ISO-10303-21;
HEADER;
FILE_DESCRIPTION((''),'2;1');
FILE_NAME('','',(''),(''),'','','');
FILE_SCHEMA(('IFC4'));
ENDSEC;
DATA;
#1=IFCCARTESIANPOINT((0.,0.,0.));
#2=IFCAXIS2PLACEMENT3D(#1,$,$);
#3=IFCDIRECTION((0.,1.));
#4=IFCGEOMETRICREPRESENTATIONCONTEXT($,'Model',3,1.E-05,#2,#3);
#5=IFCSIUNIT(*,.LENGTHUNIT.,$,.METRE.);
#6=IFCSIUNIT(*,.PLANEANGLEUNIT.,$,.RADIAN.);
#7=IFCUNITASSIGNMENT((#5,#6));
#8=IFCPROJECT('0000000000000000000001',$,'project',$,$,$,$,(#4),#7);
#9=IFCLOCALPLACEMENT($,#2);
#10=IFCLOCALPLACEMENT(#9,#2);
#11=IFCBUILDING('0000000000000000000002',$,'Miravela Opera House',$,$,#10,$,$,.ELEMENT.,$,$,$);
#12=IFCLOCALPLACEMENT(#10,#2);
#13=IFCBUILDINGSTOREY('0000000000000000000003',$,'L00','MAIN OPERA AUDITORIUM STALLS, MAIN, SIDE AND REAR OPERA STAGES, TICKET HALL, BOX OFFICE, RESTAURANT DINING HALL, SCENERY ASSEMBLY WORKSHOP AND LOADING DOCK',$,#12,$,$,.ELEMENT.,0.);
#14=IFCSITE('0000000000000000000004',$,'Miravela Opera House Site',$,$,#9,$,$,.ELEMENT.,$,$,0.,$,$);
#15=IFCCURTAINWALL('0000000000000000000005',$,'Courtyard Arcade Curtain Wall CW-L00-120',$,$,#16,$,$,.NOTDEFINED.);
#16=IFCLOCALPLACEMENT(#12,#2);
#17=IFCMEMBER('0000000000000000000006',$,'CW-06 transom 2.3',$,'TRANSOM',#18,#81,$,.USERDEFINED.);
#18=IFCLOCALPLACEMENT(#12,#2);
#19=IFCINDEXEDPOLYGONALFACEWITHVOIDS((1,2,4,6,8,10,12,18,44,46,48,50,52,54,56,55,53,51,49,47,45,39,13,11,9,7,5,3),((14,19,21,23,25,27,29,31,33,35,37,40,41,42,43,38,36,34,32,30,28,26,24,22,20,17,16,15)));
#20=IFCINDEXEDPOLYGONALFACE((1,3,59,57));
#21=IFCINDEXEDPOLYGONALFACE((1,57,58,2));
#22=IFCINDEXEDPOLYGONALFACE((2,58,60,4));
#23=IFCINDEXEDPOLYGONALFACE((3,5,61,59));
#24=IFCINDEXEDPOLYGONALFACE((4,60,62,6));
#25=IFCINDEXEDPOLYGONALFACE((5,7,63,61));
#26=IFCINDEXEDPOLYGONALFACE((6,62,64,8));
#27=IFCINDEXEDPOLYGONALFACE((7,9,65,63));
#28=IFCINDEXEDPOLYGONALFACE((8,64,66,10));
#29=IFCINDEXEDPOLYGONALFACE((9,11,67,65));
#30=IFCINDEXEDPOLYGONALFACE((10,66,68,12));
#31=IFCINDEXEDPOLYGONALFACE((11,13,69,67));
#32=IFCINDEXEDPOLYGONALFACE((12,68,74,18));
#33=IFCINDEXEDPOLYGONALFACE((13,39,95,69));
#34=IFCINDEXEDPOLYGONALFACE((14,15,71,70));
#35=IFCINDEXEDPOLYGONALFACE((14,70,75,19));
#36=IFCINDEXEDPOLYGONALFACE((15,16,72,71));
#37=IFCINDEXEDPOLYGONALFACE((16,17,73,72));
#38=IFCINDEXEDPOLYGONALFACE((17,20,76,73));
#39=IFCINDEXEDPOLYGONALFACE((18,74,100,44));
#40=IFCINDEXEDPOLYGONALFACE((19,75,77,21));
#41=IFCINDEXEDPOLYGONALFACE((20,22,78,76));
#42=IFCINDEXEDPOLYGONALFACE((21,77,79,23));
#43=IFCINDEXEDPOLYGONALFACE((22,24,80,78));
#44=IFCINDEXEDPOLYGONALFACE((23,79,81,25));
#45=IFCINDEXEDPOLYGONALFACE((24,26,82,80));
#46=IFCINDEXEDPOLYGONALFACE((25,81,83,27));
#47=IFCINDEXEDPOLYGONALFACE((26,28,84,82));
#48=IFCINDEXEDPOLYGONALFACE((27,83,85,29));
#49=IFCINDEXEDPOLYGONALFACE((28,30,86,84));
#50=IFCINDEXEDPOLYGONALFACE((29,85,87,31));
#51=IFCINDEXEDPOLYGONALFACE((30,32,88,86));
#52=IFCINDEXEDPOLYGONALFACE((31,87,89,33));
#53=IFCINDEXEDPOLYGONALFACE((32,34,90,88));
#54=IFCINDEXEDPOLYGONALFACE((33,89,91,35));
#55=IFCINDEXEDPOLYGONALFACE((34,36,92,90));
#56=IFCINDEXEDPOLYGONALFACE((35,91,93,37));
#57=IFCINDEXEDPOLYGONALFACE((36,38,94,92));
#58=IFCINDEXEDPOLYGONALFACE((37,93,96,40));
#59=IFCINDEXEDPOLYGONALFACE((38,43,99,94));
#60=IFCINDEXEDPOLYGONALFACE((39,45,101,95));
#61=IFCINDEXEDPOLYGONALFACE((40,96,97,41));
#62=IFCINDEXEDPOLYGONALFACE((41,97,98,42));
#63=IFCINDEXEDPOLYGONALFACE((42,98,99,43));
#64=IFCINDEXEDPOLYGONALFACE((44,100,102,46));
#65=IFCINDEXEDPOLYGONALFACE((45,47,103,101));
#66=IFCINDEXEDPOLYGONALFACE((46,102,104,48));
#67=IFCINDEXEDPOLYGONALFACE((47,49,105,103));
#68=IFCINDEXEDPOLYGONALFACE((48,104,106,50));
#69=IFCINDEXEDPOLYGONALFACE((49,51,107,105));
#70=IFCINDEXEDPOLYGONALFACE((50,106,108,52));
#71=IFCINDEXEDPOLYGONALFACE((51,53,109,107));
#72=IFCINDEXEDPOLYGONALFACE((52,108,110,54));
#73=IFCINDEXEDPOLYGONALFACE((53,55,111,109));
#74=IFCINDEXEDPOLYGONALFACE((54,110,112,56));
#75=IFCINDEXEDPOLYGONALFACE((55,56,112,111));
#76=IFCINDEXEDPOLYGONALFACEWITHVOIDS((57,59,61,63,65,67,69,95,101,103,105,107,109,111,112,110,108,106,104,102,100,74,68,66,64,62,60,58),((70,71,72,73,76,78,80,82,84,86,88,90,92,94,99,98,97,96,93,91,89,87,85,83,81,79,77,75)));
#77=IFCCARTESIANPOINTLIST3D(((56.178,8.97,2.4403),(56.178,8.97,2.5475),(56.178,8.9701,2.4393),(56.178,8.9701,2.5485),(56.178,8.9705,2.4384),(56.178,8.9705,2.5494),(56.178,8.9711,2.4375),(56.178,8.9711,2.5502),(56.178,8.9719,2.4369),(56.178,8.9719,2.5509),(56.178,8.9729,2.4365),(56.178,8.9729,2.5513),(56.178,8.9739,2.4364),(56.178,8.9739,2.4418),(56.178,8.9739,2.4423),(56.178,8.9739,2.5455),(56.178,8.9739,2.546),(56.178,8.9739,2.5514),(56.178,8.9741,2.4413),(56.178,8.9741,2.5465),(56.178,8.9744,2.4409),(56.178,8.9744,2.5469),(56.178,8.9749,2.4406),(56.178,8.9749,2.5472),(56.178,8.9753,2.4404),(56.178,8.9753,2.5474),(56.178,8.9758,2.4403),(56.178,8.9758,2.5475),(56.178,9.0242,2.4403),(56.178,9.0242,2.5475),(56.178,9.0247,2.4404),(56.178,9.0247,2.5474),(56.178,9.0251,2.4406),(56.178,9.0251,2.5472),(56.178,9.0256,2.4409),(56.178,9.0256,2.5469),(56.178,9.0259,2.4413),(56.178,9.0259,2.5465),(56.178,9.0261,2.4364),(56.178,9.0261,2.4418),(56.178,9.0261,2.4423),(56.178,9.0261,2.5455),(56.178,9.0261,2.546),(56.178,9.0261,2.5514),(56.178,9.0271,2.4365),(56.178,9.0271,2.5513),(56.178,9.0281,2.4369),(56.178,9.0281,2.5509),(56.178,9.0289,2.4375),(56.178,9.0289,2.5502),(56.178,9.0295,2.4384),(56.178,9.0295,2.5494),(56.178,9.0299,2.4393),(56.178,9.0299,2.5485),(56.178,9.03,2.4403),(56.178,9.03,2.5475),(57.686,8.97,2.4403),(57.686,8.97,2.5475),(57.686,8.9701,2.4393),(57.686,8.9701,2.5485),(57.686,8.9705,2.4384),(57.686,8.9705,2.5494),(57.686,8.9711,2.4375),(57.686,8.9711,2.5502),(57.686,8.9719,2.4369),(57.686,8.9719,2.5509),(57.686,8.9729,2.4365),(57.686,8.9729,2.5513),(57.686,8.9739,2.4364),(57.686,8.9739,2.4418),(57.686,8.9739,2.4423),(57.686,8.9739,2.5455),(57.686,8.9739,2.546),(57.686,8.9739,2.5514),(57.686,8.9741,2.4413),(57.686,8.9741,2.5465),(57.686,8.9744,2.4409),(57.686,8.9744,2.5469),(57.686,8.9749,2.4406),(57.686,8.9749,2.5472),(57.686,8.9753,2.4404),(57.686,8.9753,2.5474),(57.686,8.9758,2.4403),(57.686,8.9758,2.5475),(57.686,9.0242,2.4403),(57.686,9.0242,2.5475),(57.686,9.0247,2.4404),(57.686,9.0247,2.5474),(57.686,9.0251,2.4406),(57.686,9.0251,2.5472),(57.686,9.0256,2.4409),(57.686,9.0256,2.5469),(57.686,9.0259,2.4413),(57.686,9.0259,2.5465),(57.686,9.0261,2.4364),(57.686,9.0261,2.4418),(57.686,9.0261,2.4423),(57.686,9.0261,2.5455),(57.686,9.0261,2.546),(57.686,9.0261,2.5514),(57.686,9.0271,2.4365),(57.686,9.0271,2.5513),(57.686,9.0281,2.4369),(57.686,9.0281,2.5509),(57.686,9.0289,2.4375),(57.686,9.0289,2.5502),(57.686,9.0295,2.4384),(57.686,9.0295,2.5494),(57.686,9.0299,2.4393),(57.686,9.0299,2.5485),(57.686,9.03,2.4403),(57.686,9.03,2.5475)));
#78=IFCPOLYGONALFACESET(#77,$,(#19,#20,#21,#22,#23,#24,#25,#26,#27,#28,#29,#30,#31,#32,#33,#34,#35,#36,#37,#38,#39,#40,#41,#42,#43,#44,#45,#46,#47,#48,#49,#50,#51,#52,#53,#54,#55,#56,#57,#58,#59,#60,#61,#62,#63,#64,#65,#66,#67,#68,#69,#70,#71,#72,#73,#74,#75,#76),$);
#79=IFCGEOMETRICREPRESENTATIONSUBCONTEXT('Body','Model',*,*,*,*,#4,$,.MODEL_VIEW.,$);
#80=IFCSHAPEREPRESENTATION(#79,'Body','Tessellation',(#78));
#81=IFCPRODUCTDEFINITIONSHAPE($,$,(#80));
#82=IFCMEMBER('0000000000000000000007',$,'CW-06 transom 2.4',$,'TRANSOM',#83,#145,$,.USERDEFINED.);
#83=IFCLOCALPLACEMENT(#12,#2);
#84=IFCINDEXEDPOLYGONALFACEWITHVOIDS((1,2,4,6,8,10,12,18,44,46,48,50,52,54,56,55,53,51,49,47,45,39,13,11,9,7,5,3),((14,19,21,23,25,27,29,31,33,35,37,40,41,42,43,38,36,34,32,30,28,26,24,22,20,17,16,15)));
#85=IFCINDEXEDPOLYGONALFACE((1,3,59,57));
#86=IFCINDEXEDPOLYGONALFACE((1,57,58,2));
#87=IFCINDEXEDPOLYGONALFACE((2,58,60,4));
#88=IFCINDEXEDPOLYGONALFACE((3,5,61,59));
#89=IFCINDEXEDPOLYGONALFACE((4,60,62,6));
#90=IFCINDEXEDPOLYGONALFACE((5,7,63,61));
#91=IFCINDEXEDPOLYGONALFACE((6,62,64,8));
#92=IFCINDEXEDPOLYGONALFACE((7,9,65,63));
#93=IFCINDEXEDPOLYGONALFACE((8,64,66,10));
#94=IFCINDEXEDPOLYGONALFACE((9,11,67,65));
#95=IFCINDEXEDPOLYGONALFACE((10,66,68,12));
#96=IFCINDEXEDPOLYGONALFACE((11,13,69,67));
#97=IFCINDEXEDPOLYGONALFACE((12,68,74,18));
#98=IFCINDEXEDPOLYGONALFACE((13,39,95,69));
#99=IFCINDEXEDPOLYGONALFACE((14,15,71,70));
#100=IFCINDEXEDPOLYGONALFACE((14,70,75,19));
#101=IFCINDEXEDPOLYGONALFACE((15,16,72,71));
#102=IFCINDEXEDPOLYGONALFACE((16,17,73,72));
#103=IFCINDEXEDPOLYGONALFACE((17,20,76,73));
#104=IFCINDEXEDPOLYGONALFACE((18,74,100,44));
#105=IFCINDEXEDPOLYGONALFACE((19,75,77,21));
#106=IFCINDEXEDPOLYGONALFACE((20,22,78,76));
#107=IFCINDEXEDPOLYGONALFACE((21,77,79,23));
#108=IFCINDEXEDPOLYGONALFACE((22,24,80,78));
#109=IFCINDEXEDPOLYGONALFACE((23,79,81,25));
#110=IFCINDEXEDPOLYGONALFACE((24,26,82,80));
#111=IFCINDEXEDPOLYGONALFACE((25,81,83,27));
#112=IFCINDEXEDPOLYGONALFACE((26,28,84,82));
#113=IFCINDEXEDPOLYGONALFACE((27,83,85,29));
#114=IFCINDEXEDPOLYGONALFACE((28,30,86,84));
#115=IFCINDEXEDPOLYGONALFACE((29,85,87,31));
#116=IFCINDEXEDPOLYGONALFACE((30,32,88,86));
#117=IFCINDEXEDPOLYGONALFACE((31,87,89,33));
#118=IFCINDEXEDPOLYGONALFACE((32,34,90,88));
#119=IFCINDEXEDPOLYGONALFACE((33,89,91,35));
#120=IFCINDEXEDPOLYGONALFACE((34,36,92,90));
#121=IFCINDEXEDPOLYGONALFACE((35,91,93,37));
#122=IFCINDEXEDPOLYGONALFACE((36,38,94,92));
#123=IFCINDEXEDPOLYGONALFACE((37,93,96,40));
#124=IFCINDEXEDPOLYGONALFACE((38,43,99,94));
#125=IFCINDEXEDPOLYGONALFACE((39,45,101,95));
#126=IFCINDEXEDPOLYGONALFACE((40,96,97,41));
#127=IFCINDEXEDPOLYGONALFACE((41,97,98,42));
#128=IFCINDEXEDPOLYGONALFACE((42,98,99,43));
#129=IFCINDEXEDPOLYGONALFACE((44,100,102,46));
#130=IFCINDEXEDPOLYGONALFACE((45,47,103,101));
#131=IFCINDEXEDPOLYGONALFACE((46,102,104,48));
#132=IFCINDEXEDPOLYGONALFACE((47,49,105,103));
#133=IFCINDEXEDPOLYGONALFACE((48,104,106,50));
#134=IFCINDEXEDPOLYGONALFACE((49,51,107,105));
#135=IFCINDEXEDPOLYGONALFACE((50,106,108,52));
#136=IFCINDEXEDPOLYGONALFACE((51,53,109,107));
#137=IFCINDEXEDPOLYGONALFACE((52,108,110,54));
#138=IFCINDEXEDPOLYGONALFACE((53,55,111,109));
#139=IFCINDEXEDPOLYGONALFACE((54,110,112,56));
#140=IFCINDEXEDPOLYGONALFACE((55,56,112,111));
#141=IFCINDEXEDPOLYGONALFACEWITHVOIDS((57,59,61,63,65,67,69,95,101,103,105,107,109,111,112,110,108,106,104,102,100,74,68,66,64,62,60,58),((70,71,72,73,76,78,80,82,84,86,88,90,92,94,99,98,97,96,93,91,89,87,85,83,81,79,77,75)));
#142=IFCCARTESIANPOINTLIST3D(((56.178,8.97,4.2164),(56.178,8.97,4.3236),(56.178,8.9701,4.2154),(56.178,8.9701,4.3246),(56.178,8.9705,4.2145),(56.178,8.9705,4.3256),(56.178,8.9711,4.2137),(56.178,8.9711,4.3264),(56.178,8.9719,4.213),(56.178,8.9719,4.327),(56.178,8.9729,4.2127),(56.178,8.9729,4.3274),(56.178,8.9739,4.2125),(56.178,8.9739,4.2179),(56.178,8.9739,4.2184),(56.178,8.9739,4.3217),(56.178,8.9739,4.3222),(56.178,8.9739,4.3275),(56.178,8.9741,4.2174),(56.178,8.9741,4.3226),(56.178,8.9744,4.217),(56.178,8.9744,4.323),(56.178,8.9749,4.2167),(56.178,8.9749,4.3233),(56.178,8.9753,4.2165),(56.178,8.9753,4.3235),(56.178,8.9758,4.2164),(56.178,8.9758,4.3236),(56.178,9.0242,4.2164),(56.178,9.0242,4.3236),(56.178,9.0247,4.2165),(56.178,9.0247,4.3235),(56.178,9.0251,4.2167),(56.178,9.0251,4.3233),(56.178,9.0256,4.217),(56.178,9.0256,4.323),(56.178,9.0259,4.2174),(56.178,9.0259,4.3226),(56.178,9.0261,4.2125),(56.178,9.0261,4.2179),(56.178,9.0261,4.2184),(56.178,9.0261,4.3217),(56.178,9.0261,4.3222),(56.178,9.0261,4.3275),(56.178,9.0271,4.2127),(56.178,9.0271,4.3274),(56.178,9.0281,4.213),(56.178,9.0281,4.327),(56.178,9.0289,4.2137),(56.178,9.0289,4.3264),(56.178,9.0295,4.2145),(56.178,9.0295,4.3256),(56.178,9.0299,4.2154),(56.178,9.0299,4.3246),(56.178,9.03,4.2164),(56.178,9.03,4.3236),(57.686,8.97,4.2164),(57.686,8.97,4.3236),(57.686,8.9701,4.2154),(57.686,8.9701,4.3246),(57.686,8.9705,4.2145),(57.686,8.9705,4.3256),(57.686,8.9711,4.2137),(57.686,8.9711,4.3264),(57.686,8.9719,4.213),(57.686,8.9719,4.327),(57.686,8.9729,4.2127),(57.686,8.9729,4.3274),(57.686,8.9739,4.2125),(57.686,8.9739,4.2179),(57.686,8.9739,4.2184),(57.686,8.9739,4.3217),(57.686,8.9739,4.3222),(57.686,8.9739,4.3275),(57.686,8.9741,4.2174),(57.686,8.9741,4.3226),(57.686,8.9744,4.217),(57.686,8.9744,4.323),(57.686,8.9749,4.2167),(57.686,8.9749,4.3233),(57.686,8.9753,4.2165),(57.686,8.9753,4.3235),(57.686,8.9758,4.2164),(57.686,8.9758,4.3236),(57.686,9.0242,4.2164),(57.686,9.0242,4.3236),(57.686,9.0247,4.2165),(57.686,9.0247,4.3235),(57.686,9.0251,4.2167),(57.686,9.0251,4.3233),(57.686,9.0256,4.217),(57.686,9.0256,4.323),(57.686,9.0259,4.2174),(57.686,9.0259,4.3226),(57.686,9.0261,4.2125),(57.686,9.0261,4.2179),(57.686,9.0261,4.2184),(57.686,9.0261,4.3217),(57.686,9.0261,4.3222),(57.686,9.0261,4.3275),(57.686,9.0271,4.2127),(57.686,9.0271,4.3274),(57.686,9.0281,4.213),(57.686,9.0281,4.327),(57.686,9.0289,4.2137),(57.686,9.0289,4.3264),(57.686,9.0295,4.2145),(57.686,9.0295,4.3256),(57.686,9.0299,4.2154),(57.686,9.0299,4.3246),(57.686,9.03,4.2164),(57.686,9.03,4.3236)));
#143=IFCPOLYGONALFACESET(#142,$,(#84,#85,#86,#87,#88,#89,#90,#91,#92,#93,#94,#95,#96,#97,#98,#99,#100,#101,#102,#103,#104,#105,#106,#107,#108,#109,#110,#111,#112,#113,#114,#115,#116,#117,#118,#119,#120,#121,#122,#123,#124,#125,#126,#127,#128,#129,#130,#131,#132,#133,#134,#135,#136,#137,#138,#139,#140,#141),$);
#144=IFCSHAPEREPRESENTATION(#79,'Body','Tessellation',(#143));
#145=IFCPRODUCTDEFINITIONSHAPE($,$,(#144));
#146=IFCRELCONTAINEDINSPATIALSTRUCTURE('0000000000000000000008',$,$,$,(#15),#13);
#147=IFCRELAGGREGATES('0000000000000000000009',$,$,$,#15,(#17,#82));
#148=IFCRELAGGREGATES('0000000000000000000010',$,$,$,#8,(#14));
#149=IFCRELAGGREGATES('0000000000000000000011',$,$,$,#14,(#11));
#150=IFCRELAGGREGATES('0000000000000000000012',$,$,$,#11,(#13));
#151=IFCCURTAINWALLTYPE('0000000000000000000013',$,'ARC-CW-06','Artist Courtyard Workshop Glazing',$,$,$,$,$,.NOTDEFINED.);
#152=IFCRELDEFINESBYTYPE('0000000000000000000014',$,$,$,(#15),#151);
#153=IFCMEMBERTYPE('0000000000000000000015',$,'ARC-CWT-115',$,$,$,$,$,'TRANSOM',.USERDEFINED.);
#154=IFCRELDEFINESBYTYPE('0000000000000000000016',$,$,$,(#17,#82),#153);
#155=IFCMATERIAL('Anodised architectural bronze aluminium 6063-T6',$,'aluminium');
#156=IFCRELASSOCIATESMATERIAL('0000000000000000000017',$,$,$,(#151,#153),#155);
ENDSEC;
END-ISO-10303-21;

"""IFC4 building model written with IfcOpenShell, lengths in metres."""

from ifc_helpers import new_model, si_unit, direction, frame, origin, origin_2d, place, context, subcontext, project, spatial, hollow_rectangle, extrude, material, material_profile, profile_set, type_object, element, aggregate, save


model = new_model("IFC4")

# Units and contexts
model_context = context("Model", 3, precision=1e-05, world=origin(), true_north=direction((0.0, 1.0)))
body_context = subcontext(model_context, "Body", "Model", "MODEL_VIEW")
ifc_project = project(units=[si_unit("LENGTHUNIT", "METRE"), si_unit("PLANEANGLEUNIT", "RADIAN")], contexts=[model_context])

# Site, building, storey
site_placement = place(None, origin())
site = spatial("IfcSite", under=ifc_project, at=site_placement, Name="Miravela Opera House Site", CompositionType="ELEMENT", RefElevation=0.0)
building_placement = place(site_placement, origin())
building = spatial("IfcBuilding", under=site, at=building_placement, Name="Miravela Opera House", CompositionType="ELEMENT")
storey_placement = place(building_placement, origin())
storey = spatial("IfcBuildingStorey", under=building, at=storey_placement, Name="L00", Description="MAIN OPERA AUDITORIUM STALLS, MAIN, SIDE AND REAR OPERA STAGES, TICKET HALL, BOX OFFICE, RESTAURANT DINING HALL, SCENERY ASSEMBLY WORKSHOP AND LOADING DOCK", CompositionType="ELEMENT", Elevation=0.0)

# Shared definitions
ifc_material_1 = material(Name="Anodised architectural bronze aluminium 6063-T6", Category="aluminium")
curtain_wall_type = type_object("IfcCurtainWallType", Name="ARC-CW-06", Description="Artist Courtyard Workshop Glazing", PredefinedType="NOTDEFINED", material=ifc_material_1)

# Curtain wall, members
curtain_wall_1_placement = place(storey_placement, origin())
curtain_wall_1 = element("IfcCurtainWall", 1, at=curtain_wall_1_placement, inside=storey, type_object=curtain_wall_type, Name="Courtyard Arcade Curtain Wall CW-L00-120", PredefinedType="NOTDEFINED")
ifc_material_profile_1 = material_profile(ifc_material_1, hollow_rectangle(XDim=0.0601, YDim=0.115, WallThickness=0.0039, InnerFilletRadius=0.002, OuterFilletRadius=0.0039, at=origin_2d()), Name="CWT-60X115")
ifc_profile_set_1 = profile_set([ifc_material_profile_1])
member_type_1 = type_object("IfcMemberType", Name="ARC-CWT-115", ElementType="TRANSOM", PredefinedType="USERDEFINED", material=ifc_profile_set_1)
member_1_placement = place(storey_placement, frame((56.178, 9.0, 2.4939), z_axis=(1.0, 0.0, 0.0), x_axis=(0.0, 1.0, 0.0)))
member_1 = element("IfcMember", 2, at=member_1_placement, type_object=member_type_1, Name="CW-06 transom 2.3", ObjectType="TRANSOM", PredefinedType="USERDEFINED", context=body_context, shape_type="SweptSolid", body=[
    extrude(hollow_rectangle(XDim=0.0601, YDim=0.115, WallThickness=0.0039, InnerFilletRadius=0.002, OuterFilletRadius=0.0039, at=origin_2d()), origin(), (0.0, 0.0, 1.0), 1.5081),
])
member_2_placement = place(storey_placement, frame((56.178, 9.0, 4.27), z_axis=(1.0, 0.0, 0.0), x_axis=(0.0, 1.0, 0.0)))
member_2 = element("IfcMember", 3, at=member_2_placement, type_object=member_type_1, Name="CW-06 transom 2.4", ObjectType="TRANSOM", PredefinedType="USERDEFINED", context=body_context, shape_type="SweptSolid", body=[
    extrude(hollow_rectangle(XDim=0.0601, YDim=0.115, WallThickness=0.0039, InnerFilletRadius=0.002, OuterFilletRadius=0.0039, at=origin_2d()), origin(), (0.0, 0.0, 1.0), 1.5081),
])

aggregate(curtain_wall_1, [member_1, member_2])

save(model, "model.ifc")
